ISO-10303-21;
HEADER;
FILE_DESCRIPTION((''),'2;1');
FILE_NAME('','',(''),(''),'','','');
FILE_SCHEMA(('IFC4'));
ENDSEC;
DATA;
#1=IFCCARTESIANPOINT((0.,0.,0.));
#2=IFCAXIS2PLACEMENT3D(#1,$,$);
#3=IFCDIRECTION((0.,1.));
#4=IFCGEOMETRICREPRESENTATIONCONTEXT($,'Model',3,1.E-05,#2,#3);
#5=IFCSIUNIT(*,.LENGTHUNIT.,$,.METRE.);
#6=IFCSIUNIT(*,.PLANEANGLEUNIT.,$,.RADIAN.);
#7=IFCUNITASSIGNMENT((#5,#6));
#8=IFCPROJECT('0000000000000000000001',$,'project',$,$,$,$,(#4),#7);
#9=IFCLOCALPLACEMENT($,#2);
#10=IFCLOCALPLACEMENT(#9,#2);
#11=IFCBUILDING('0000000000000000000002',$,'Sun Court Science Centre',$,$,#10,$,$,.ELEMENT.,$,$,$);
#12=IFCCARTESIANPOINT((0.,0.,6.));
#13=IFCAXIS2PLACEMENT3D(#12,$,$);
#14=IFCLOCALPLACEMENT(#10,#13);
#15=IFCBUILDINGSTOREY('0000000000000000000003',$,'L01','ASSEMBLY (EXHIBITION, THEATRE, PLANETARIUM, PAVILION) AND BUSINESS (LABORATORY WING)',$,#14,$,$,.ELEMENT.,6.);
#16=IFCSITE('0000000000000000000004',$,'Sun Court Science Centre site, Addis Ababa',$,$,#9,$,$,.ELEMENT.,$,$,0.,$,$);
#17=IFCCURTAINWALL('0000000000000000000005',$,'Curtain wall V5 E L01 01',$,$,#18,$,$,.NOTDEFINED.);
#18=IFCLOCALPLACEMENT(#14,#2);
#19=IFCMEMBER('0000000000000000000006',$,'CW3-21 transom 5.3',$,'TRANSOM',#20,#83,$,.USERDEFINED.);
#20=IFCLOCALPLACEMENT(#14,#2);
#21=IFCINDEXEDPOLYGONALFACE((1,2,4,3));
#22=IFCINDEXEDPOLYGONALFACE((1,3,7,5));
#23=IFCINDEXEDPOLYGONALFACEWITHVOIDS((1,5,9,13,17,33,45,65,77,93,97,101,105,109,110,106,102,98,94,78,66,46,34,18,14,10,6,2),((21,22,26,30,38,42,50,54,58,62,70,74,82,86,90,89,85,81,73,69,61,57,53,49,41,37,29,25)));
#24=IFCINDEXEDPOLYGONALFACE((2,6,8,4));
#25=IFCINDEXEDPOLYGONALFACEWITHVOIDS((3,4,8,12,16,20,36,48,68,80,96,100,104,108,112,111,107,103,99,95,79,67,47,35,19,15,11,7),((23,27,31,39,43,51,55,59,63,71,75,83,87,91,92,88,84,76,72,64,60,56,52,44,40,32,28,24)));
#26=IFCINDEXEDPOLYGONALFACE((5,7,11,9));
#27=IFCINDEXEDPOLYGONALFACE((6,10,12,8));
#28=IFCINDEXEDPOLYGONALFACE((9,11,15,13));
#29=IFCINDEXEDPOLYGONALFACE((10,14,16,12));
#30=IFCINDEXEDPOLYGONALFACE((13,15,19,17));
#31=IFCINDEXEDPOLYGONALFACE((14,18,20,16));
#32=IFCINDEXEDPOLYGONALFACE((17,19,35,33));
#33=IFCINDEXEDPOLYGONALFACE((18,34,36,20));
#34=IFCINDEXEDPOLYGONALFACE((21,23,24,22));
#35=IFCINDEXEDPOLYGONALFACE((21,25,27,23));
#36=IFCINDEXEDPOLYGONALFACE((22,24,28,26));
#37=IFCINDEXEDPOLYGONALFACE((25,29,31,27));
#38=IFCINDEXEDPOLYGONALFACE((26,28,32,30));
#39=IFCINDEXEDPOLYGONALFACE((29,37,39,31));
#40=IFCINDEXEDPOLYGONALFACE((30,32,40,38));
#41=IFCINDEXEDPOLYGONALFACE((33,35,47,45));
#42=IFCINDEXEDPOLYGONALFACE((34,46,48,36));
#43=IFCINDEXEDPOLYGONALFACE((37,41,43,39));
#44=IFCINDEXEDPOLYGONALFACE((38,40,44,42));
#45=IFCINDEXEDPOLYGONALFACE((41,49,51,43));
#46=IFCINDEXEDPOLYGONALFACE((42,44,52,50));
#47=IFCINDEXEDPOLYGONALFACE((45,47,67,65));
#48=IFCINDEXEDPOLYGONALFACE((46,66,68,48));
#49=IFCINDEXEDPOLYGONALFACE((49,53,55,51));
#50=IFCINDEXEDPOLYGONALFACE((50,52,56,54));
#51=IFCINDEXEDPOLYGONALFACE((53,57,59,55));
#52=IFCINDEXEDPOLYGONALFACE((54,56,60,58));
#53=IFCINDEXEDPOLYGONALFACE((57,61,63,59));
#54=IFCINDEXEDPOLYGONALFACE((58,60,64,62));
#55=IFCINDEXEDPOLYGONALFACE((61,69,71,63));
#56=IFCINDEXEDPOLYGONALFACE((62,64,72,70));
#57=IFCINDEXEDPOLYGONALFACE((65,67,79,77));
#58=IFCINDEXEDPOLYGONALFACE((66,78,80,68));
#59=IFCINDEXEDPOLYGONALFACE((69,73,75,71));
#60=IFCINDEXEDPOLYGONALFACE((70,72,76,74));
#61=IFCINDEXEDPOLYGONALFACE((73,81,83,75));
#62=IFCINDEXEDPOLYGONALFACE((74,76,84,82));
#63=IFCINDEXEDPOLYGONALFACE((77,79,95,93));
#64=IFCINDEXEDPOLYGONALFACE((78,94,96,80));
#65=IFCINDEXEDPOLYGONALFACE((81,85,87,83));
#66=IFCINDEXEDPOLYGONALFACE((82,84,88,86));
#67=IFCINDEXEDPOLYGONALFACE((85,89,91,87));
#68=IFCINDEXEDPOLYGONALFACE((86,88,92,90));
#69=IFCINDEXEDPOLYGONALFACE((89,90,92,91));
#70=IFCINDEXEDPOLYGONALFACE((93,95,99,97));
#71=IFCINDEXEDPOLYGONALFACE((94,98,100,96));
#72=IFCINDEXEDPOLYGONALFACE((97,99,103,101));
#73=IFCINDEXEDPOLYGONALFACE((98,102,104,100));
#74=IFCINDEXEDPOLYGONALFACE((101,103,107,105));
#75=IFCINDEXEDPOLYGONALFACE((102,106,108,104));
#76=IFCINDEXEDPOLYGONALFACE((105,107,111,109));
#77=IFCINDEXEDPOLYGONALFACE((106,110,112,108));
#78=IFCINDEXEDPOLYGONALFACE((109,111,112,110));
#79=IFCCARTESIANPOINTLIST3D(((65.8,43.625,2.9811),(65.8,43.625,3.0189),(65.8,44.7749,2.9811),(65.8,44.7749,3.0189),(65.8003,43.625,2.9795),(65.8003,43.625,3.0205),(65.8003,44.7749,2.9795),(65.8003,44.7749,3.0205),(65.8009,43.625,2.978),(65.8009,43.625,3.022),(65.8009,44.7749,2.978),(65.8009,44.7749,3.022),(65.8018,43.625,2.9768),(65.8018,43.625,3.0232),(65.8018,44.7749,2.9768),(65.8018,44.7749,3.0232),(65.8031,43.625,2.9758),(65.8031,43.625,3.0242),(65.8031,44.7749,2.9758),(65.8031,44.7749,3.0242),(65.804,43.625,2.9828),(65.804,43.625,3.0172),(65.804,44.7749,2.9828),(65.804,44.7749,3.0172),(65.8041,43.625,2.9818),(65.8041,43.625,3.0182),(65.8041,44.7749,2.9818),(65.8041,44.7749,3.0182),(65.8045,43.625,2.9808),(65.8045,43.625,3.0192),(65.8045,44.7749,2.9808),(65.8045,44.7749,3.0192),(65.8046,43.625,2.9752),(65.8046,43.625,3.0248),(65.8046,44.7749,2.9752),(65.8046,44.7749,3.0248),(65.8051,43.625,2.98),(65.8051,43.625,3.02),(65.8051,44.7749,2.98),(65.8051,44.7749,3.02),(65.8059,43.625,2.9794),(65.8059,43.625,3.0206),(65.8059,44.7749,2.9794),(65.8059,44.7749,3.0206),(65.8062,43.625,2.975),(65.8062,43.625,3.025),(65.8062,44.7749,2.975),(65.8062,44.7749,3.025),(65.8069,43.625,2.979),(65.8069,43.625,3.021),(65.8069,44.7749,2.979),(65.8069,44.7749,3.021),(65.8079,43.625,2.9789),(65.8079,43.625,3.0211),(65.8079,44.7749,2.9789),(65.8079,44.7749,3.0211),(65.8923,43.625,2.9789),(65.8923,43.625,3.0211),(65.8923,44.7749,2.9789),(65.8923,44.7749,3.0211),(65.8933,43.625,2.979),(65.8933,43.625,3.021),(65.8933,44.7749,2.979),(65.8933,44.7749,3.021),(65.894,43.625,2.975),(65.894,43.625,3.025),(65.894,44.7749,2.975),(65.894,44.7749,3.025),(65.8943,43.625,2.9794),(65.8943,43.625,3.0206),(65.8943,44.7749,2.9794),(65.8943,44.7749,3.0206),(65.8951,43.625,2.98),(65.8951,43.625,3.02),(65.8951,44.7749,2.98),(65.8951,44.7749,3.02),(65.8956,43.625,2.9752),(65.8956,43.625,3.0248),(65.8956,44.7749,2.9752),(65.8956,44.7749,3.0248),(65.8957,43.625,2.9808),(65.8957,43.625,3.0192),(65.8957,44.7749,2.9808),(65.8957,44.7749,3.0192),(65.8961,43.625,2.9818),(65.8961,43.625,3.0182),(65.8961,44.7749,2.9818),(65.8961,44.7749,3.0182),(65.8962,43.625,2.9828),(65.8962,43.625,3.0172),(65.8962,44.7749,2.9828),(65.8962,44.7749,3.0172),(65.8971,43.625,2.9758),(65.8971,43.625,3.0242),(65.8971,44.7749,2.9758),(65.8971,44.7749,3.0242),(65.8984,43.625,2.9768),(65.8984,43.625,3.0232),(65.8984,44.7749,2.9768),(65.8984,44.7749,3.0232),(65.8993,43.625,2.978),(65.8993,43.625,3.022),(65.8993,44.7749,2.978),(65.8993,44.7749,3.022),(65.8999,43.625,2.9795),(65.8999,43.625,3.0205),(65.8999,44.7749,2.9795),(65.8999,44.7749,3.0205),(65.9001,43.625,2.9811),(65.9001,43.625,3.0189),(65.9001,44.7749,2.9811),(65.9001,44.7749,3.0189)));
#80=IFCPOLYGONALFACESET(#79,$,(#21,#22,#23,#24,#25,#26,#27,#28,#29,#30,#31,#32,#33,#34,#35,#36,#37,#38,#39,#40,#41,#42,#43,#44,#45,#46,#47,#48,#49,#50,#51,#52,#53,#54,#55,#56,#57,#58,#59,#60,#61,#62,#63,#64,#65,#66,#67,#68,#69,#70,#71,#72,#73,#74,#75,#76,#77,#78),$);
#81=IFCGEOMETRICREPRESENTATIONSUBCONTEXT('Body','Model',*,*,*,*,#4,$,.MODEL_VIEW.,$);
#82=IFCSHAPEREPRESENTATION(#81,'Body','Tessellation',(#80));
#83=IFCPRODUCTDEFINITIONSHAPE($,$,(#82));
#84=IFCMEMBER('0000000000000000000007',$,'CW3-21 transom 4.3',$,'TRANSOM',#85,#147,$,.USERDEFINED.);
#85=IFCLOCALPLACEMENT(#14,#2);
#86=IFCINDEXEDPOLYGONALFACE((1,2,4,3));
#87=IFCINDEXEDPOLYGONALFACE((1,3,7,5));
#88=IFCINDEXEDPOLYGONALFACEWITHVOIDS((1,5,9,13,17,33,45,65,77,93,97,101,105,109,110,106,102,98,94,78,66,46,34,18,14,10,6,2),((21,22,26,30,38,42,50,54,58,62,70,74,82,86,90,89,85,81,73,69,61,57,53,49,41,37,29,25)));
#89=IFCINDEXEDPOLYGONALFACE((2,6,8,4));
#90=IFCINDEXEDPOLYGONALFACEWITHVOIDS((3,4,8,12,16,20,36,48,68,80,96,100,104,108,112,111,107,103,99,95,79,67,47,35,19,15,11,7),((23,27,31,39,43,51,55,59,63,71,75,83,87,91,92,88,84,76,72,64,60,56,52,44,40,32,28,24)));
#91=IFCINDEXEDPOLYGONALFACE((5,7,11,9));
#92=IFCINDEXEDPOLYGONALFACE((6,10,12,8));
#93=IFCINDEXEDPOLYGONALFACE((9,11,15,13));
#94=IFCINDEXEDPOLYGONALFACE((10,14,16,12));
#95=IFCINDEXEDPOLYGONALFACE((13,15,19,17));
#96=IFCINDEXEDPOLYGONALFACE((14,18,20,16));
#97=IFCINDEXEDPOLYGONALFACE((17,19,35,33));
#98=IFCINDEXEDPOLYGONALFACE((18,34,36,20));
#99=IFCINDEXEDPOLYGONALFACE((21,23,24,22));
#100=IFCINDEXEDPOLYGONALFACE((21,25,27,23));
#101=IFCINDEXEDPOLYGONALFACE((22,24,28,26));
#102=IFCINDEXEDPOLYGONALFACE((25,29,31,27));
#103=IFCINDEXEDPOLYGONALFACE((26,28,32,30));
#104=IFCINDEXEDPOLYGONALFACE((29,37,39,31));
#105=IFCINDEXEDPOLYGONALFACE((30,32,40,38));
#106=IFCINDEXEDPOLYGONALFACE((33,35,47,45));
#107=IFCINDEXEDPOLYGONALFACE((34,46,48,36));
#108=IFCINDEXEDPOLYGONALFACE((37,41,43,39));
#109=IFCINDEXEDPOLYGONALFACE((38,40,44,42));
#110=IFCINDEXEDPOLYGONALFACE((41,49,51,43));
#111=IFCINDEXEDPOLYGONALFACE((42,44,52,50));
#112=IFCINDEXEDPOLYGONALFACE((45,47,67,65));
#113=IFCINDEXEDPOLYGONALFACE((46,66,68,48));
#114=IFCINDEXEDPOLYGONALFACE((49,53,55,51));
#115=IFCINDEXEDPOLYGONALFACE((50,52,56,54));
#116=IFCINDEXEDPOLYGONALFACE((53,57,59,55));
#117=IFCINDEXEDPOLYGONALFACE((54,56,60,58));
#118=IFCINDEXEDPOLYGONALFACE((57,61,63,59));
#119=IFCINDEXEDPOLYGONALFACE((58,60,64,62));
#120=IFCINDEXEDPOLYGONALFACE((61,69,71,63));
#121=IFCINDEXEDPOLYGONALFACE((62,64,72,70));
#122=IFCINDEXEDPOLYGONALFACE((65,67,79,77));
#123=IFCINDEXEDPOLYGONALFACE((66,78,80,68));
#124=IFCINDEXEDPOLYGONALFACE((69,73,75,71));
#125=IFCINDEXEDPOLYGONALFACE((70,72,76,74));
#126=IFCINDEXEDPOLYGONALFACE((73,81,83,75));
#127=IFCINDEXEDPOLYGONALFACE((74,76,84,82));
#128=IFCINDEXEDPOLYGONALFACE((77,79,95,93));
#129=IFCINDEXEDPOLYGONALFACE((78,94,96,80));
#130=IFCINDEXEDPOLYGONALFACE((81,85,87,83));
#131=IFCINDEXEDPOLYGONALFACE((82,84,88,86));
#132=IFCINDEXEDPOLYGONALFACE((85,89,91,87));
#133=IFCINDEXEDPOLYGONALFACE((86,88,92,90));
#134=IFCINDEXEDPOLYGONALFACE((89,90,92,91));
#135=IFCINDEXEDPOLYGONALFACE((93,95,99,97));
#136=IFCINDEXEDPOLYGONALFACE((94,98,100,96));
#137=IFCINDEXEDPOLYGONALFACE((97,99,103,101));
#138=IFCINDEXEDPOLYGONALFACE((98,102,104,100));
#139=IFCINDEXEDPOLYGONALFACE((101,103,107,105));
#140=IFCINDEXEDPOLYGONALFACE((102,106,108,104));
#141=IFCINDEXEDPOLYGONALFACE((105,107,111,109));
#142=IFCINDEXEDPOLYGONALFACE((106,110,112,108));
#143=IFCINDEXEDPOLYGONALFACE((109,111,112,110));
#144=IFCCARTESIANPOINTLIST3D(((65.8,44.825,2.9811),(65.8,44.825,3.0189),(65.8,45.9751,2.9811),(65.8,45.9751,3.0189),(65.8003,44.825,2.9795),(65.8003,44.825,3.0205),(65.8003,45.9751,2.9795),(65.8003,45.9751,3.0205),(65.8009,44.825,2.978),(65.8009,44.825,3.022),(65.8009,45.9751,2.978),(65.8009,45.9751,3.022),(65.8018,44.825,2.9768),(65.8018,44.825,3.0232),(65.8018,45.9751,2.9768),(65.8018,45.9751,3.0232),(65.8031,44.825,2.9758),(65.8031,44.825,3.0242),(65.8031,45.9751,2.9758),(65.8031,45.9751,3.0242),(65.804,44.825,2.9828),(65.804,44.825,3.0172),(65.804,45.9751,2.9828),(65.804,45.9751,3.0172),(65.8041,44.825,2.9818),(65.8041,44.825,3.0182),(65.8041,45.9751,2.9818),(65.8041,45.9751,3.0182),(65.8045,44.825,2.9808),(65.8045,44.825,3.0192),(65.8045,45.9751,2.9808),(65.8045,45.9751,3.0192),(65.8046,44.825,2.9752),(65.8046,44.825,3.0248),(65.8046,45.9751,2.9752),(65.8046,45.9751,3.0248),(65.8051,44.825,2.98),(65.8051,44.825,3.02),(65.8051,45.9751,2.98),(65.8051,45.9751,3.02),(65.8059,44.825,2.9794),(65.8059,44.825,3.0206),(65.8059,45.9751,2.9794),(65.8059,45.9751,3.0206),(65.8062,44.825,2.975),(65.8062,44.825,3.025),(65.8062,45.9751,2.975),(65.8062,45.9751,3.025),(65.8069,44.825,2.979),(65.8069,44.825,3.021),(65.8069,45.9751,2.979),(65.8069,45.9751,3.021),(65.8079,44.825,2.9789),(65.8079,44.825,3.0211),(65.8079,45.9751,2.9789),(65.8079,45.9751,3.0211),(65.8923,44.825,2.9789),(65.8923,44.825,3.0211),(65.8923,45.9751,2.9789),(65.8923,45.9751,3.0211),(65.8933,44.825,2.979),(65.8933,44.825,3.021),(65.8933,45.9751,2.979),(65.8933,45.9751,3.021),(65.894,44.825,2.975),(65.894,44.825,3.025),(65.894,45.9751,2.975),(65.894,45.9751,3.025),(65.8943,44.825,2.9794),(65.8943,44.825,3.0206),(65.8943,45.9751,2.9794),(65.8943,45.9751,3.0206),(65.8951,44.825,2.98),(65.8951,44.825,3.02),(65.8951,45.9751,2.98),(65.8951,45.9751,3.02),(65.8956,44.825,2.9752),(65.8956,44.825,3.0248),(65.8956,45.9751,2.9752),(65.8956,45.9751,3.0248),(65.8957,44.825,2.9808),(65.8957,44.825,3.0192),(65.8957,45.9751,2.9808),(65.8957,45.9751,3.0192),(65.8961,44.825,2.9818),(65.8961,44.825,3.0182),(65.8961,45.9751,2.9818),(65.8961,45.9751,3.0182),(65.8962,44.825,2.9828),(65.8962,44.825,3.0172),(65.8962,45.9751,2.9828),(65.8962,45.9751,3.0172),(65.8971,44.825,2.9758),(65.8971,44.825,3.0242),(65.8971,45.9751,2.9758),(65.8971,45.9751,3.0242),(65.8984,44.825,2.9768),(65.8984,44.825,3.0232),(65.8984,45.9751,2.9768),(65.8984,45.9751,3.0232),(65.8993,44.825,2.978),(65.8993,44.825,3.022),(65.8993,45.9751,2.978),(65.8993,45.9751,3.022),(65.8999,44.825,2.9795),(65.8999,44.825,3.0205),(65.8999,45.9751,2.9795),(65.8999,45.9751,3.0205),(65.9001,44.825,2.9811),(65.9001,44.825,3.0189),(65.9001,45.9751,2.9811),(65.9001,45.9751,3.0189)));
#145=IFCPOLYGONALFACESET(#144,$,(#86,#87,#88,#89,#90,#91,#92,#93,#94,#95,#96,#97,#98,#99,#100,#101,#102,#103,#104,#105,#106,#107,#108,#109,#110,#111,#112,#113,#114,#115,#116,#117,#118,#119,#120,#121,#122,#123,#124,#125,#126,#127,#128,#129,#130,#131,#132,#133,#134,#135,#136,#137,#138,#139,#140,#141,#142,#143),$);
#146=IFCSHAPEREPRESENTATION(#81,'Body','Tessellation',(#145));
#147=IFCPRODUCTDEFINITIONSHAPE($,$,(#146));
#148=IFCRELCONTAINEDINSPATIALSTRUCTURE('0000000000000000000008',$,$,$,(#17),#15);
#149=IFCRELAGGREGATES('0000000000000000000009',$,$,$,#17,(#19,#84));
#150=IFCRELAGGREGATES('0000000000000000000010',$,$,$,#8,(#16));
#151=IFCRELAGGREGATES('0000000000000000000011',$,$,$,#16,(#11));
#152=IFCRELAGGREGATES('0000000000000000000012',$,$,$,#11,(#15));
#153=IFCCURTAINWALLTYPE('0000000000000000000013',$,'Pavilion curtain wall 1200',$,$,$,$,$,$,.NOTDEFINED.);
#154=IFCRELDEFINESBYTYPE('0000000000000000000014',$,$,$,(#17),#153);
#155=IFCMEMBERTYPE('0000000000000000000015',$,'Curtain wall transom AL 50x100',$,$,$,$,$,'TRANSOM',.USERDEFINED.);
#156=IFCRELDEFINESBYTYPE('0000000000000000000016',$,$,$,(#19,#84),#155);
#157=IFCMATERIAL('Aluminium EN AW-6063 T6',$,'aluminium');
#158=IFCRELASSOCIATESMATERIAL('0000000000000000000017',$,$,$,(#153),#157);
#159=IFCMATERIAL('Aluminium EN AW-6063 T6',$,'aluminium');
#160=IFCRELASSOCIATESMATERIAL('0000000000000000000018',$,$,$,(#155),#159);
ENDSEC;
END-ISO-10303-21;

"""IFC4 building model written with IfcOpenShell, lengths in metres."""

from ifc_helpers import new_model, si_unit, direction, frame, origin, origin_2d, place, context, subcontext, project, spatial, hollow_rectangle, extrude, material, material_profile, profile_set, type_object, element, aggregate, save


model = new_model("IFC4")

# Units and contexts
model_context = context("Model", 3, precision=1e-05, world=origin(), true_north=direction((0.0, 1.0)))
body_context = subcontext(model_context, "Body", "Model", "MODEL_VIEW")
ifc_project = project(units=[si_unit("LENGTHUNIT", "METRE"), si_unit("PLANEANGLEUNIT", "RADIAN")], contexts=[model_context])

# Site, building, storey
site_placement = place(None, origin())
site = spatial("IfcSite", under=ifc_project, at=site_placement, Name="Sun Court Science Centre site, Addis Ababa", CompositionType="ELEMENT", RefElevation=0.0)
building_placement = place(site_placement, origin())
building = spatial("IfcBuilding", under=site, at=building_placement, Name="Sun Court Science Centre", CompositionType="ELEMENT")
storey_placement = place(building_placement, frame((0.0, 0.0, 6.0)))
storey = spatial("IfcBuildingStorey", under=building, at=storey_placement, Name="L01", Description="ASSEMBLY (EXHIBITION, THEATRE, PLANETARIUM, PAVILION) AND BUSINESS (LABORATORY WING)", CompositionType="ELEMENT", Elevation=6.0)

# Curtain wall, members
ifc_material_1 = material(Name="Aluminium EN AW-6063 T6", Category="aluminium")
curtain_wall_type = type_object("IfcCurtainWallType", Name="Pavilion curtain wall 1200", PredefinedType="NOTDEFINED", material=ifc_material_1)
curtain_wall_placement = place(storey_placement, origin())
curtain_wall = element("IfcCurtainWall", 1, at=curtain_wall_placement, inside=storey, type_object=curtain_wall_type, Name="Curtain wall V5 E L01 01", PredefinedType="NOTDEFINED")
ifc_material_2 = material(Name="Aluminium EN AW-6063 T6", Category="aluminium")
ifc_material_profile_1 = material_profile(ifc_material_2, hollow_rectangle(XDim=0.05, YDim=0.1001, WallThickness=0.0039, InnerFilletRadius=0.0039, OuterFilletRadius=0.0061, at=origin_2d()), Name="AL 50x100x4")
ifc_profile_set_1 = profile_set([ifc_material_profile_1], Name="Aluminium EN AW-6063 T6")
member_type_1 = type_object("IfcMemberType", Name="Curtain wall transom AL 50x100", ElementType="TRANSOM", PredefinedType="USERDEFINED", material=ifc_profile_set_1)
member_1_placement = place(storey_placement, frame((65.8501, 44.7749, 3.0), z_axis=(0.0, -1.0, 0.0), x_axis=(0.0, 0.0, 1.0)))
member_1 = element("IfcMember", 2, at=member_1_placement, type_object=member_type_1, Name="CW3-21 transom 5.3", ObjectType="TRANSOM", PredefinedType="USERDEFINED", context=body_context, shape_type="SweptSolid", body=[
    extrude(hollow_rectangle(XDim=0.05, YDim=0.1001, WallThickness=0.0039, InnerFilletRadius=0.0039, OuterFilletRadius=0.0061, at=origin_2d()), origin(), (0.0, 0.0, 1.0), 1.1499),
])
member_2_placement = place(storey_placement, frame((65.8501, 45.9751, 3.0), z_axis=(0.0, -1.0, 0.0), x_axis=(0.0, 0.0, 1.0)))
member_2 = element("IfcMember", 3, at=member_2_placement, type_object=member_type_1, Name="CW3-21 transom 4.3", ObjectType="TRANSOM", PredefinedType="USERDEFINED", context=body_context, shape_type="SweptSolid", body=[
    extrude(hollow_rectangle(XDim=0.05, YDim=0.1001, WallThickness=0.0039, InnerFilletRadius=0.0039, OuterFilletRadius=0.0061, at=origin_2d()), origin(), (0.0, 0.0, 1.0), 1.1501),
])
aggregate(curtain_wall, [member_1, member_2])

save(model, "model.ifc")
